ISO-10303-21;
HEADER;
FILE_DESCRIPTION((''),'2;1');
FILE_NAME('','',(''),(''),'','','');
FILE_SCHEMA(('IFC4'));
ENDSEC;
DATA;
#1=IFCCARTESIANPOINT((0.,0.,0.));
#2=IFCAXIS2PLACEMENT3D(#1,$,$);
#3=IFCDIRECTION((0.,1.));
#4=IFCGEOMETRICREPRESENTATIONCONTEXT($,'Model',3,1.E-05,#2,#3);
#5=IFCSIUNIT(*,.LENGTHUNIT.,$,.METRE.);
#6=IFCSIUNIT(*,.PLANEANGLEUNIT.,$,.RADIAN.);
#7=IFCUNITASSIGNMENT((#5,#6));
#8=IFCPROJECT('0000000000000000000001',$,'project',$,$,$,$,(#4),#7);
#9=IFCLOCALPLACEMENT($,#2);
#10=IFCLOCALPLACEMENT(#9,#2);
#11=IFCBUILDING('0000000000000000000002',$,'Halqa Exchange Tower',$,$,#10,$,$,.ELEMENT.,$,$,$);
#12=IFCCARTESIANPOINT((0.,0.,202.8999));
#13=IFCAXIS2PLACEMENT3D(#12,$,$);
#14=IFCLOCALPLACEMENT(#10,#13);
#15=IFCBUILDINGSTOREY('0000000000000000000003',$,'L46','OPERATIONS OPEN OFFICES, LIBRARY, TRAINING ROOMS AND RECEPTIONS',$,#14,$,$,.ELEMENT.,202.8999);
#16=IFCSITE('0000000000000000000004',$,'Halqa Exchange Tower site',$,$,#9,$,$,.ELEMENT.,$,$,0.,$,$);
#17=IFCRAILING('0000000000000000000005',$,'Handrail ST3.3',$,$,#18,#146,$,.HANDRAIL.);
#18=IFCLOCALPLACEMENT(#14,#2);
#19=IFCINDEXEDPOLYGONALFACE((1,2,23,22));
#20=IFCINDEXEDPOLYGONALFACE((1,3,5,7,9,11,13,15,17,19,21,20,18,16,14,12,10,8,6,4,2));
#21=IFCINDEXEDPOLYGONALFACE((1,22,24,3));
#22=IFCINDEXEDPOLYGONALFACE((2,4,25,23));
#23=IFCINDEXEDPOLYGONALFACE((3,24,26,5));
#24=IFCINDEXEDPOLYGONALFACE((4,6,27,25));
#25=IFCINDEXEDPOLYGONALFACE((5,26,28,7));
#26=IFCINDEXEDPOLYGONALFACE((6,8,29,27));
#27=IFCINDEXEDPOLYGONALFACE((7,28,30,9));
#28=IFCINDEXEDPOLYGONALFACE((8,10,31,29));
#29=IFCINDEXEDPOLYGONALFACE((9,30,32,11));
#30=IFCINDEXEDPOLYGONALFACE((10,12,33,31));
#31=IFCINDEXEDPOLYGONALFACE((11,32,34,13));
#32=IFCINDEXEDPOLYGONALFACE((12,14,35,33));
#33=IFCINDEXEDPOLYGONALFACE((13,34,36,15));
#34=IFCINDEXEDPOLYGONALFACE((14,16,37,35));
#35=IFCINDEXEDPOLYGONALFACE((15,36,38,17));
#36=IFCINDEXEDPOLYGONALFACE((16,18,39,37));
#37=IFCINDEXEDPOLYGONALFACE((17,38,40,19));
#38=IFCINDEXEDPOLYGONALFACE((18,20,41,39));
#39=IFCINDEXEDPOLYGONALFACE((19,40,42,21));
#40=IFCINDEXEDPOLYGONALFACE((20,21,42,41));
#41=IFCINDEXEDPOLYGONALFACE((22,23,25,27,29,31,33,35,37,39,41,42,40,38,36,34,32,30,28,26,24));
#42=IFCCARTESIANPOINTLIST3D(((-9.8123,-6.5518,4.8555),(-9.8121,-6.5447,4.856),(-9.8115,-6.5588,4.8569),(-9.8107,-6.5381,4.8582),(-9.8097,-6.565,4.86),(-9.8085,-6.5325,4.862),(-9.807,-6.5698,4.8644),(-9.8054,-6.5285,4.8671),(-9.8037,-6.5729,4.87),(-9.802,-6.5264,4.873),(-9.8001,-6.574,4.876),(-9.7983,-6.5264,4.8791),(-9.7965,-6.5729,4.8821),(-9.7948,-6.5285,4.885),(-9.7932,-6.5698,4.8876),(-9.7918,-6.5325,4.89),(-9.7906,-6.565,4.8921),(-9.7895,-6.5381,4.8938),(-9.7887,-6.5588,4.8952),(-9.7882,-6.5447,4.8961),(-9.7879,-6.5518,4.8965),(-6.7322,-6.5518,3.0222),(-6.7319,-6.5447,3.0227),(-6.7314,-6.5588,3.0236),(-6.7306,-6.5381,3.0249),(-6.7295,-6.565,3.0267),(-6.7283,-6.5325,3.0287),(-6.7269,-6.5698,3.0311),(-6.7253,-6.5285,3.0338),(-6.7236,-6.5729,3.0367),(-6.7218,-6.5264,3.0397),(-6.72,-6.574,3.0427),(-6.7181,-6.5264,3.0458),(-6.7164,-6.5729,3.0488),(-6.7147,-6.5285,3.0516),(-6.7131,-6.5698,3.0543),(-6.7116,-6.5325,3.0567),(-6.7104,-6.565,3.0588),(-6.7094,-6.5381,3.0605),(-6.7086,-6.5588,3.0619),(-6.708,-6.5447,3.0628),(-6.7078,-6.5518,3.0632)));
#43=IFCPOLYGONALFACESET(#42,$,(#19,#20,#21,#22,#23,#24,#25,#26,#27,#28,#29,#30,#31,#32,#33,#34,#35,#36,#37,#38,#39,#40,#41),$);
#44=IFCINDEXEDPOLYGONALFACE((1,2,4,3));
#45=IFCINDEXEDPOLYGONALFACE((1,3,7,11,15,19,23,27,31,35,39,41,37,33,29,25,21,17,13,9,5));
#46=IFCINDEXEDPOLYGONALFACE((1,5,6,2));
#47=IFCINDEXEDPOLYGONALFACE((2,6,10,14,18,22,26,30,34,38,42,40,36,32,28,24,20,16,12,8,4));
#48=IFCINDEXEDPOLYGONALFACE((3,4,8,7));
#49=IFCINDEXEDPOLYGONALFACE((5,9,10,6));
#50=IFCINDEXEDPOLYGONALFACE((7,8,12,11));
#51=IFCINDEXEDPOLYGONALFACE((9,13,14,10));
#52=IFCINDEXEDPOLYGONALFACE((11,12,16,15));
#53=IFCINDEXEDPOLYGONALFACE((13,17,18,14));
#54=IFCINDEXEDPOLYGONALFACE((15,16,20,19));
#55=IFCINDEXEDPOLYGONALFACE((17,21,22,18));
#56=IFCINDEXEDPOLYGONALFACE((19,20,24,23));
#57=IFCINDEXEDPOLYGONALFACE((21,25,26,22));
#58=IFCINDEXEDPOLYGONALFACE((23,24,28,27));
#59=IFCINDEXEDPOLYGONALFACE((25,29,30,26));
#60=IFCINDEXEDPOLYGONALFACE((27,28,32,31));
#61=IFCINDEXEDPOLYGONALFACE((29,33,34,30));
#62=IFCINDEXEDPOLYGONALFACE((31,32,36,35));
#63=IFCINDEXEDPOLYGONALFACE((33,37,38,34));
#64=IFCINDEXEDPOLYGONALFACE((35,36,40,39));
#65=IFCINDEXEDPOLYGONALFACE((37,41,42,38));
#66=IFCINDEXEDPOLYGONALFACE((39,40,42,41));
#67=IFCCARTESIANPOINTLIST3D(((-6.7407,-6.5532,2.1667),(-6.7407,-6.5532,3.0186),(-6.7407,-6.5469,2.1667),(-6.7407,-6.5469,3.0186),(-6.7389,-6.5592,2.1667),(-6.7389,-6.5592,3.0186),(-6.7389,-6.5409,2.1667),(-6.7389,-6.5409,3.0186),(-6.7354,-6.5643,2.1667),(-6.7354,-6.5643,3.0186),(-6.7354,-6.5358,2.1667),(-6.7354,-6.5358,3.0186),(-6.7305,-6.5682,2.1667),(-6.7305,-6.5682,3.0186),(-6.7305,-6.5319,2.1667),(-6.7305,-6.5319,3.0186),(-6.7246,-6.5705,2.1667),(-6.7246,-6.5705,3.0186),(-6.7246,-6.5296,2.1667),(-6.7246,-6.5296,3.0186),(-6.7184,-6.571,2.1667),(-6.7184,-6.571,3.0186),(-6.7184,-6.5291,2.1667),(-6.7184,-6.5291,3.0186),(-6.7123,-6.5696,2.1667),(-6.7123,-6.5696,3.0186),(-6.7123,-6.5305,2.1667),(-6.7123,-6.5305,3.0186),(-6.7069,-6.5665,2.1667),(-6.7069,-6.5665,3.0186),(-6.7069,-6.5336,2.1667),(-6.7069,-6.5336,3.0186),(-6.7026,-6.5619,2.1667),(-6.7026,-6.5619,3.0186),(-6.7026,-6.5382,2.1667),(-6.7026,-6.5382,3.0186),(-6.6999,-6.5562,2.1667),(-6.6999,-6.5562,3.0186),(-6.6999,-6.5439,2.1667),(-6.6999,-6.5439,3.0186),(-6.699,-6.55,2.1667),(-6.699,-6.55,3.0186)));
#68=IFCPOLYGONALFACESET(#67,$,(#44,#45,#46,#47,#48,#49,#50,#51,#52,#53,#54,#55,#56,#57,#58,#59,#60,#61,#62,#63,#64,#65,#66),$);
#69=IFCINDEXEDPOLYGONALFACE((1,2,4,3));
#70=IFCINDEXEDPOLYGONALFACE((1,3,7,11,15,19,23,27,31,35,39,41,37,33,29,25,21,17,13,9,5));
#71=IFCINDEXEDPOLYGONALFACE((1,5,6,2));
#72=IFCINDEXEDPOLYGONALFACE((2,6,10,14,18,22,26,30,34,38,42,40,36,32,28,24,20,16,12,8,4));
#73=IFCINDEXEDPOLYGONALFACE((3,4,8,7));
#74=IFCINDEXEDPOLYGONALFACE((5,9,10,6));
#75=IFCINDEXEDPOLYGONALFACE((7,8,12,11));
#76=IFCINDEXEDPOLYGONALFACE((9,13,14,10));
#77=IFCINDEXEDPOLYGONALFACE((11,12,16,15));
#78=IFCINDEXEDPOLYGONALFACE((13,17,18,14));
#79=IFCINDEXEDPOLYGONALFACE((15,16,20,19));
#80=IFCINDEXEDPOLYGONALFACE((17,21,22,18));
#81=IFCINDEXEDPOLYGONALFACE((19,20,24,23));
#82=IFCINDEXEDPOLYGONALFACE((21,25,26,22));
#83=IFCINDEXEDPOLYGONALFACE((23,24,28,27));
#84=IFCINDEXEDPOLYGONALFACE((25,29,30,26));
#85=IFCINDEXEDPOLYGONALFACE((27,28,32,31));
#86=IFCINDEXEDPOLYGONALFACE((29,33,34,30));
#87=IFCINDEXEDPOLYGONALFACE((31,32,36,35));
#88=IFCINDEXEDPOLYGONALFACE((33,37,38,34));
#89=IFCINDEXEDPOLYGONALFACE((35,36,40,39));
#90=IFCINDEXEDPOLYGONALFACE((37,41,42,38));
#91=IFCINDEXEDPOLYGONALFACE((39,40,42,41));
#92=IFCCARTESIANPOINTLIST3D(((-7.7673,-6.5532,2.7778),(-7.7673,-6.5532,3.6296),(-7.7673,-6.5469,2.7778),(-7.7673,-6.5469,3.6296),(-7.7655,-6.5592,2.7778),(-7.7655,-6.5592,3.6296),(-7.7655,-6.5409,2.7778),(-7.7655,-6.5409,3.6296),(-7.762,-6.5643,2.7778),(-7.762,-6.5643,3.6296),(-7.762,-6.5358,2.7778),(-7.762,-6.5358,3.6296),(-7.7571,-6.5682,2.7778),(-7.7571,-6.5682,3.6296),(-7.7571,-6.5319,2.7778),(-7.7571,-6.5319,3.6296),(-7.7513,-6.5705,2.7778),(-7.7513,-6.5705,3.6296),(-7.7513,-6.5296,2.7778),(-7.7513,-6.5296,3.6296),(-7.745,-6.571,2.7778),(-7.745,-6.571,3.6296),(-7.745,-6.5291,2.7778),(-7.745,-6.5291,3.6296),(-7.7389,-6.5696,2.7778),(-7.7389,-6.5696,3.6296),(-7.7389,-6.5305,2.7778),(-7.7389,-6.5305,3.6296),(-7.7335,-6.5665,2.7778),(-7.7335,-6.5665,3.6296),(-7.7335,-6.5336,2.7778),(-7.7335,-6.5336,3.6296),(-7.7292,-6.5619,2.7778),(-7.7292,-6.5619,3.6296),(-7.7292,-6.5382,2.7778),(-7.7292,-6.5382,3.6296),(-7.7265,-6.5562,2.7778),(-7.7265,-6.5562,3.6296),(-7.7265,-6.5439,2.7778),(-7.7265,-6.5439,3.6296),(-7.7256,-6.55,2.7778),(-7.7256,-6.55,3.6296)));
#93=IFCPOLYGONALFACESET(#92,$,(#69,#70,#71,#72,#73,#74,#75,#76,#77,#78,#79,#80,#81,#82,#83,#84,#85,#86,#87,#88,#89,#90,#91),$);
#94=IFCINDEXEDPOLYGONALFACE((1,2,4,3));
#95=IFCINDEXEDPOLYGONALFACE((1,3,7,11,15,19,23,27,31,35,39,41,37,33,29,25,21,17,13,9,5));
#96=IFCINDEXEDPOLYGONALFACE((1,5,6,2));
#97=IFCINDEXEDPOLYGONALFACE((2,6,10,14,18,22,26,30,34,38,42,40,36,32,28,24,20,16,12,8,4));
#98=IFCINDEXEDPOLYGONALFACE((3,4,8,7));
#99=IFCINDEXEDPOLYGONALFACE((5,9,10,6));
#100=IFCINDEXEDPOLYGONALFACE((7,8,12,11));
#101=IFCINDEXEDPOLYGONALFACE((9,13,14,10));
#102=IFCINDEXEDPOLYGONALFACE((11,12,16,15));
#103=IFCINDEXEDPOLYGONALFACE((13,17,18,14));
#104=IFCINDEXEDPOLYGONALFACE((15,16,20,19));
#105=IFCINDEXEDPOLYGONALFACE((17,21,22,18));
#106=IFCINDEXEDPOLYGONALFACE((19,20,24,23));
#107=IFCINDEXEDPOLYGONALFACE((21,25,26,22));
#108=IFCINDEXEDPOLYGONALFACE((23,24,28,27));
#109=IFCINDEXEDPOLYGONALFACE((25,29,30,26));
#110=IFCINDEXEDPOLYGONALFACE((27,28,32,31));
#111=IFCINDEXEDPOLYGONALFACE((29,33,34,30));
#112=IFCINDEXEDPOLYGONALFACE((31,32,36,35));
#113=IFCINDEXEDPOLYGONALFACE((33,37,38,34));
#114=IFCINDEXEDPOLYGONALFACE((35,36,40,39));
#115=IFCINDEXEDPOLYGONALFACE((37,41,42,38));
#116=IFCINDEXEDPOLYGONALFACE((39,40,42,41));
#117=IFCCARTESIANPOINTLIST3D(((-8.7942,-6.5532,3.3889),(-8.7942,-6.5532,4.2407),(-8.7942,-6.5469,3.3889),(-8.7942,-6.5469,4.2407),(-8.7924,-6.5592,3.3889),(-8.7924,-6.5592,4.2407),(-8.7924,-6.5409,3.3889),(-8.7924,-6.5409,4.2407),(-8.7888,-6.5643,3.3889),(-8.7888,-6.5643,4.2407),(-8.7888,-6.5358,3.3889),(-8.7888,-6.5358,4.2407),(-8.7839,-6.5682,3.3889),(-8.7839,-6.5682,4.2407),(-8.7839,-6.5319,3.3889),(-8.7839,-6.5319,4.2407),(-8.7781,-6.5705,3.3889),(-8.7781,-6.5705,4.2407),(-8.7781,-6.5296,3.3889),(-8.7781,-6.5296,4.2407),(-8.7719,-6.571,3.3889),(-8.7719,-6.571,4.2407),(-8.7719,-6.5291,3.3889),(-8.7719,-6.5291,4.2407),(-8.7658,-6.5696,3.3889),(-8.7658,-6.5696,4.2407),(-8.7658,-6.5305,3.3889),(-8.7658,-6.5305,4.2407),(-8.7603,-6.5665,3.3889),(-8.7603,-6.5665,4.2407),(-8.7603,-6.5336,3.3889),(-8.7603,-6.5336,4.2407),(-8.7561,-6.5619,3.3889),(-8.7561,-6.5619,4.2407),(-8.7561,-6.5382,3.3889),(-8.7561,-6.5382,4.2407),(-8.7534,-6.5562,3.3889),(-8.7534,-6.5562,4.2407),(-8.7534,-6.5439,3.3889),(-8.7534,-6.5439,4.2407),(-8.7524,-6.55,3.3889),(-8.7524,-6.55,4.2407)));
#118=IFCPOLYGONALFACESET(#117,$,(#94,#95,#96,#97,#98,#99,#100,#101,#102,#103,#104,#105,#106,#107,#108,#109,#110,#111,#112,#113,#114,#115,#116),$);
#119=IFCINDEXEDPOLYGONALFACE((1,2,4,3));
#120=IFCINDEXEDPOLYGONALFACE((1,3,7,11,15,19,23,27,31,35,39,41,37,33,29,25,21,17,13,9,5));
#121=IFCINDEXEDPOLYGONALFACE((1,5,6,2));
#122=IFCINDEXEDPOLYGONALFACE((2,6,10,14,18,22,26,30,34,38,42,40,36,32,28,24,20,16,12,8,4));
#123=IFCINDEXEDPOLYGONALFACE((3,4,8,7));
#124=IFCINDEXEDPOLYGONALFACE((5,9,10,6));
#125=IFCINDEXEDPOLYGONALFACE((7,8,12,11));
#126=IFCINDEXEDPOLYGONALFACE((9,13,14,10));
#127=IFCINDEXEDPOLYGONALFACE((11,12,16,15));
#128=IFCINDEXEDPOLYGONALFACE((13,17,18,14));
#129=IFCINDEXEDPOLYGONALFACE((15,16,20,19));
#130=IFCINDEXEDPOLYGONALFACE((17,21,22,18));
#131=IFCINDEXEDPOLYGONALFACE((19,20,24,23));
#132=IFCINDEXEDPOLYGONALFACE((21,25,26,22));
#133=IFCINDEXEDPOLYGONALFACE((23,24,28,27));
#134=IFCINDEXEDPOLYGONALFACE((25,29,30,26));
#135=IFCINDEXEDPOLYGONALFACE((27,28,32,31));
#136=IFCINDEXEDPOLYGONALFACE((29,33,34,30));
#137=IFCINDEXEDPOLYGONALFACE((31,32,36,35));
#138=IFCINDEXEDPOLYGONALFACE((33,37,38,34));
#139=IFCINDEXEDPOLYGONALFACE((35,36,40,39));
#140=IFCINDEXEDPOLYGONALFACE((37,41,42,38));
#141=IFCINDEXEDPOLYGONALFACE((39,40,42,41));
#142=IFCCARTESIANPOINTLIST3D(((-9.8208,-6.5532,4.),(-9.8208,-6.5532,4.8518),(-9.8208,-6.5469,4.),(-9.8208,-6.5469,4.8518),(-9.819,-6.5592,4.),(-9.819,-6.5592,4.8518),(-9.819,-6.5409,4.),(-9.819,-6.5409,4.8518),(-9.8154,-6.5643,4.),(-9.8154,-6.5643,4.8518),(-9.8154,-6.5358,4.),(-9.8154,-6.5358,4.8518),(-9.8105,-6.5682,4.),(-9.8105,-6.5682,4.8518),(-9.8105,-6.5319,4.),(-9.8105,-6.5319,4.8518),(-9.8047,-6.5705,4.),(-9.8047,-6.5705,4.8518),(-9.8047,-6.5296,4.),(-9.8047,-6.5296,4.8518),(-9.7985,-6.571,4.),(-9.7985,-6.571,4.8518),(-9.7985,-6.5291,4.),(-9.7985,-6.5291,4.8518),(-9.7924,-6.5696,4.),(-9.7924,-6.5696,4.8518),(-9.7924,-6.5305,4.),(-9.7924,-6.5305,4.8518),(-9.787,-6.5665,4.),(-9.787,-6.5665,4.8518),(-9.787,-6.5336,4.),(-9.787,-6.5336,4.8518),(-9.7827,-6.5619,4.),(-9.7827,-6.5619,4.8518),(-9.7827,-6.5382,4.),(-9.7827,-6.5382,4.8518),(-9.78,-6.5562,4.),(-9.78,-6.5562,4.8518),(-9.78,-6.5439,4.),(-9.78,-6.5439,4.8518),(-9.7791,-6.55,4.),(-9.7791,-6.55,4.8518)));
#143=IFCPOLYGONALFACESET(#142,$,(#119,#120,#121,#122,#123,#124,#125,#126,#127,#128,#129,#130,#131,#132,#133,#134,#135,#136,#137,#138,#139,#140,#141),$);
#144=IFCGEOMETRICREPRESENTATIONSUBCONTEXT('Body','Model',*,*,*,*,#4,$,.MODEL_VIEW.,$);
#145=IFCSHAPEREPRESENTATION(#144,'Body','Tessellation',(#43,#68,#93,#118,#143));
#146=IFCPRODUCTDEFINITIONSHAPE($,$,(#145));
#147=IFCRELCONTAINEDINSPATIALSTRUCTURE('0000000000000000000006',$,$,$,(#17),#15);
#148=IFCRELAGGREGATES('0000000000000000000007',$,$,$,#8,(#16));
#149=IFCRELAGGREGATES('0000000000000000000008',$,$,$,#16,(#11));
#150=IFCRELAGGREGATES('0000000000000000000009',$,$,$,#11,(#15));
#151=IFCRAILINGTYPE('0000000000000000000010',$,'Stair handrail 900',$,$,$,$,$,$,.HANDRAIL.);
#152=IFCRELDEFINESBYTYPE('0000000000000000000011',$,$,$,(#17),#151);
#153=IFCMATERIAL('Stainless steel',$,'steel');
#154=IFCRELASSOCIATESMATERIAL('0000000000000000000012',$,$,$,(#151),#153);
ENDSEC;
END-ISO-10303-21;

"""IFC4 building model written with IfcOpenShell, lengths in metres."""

from ifc_helpers import new_model, si_unit, direction, frame, origin, origin_2d, place, context, subcontext, project, spatial, circle, extrude, material, type_object, element, save


model = new_model("IFC4")

# Units and contexts
model_context = context("Model", 3, precision=1e-05, world=origin(), true_north=direction((0.0, 1.0)))
body_context = subcontext(model_context, "Body", "Model", "MODEL_VIEW")
ifc_project = project(units=[si_unit("LENGTHUNIT", "METRE"), si_unit("PLANEANGLEUNIT", "RADIAN")], contexts=[model_context])

# Site, building, storey
site_placement = place(None, origin())
site = spatial("IfcSite", under=ifc_project, at=site_placement, Name="Halqa Exchange Tower site", CompositionType="ELEMENT", RefElevation=0.0)
building_placement = place(site_placement, origin())
building = spatial("IfcBuilding", under=site, at=building_placement, Name="Halqa Exchange Tower", CompositionType="ELEMENT")
storey_placement = place(building_placement, frame((0.0, 0.0, 202.8999)))
storey = spatial("IfcBuildingStorey", under=building, at=storey_placement, Name="L46", Description="OPERATIONS OPEN OFFICES, LIBRARY, TRAINING ROOMS AND RECEPTIONS", CompositionType="ELEMENT", Elevation=202.8999)

# Shared definitions
ifc_material_1 = material(Name="Stainless steel", Category="steel")

# Railing
railing_type_1 = type_object("IfcRailingType", Name="Stair handrail 900", PredefinedType="HANDRAIL", material=ifc_material_1)
railing_1_placement = place(storey_placement, frame((-6.72, -6.55, 2.1667)))
element("IfcRailing", 1, at=railing_1_placement, inside=storey, type_object=railing_type_1, Name="Handrail ST3.3", PredefinedType="HANDRAIL", context=body_context, shape_type="SweptSolid", body=[
    extrude(circle(Radius=0.0239, at=origin_2d()), frame((0.0, 0.0, 0.876), z_axis=(-0.859309, 0.0, 0.511458), x_axis=(0.0, -1.0, 0.0)), (0.0, 0.0, 1.0), 3.5845),
    extrude(circle(Radius=0.021, at=origin_2d()), origin(), (0.0, 0.0, 1.0), 0.8518),
    extrude(circle(Radius=0.021, at=origin_2d()), frame((-1.0266, 0.0, 0.6111)), (0.0, 0.0, 1.0), 0.8518),
    extrude(circle(Radius=0.021, at=origin_2d()), frame((-2.0535, 0.0, 1.2222)), (0.0, 0.0, 1.0), 0.8518),
    extrude(circle(Radius=0.021, at=origin_2d()), frame((-3.0801, 0.0, 1.8333)), (0.0, 0.0, 1.0), 0.8518),
])

save(model, "model.ifc")
